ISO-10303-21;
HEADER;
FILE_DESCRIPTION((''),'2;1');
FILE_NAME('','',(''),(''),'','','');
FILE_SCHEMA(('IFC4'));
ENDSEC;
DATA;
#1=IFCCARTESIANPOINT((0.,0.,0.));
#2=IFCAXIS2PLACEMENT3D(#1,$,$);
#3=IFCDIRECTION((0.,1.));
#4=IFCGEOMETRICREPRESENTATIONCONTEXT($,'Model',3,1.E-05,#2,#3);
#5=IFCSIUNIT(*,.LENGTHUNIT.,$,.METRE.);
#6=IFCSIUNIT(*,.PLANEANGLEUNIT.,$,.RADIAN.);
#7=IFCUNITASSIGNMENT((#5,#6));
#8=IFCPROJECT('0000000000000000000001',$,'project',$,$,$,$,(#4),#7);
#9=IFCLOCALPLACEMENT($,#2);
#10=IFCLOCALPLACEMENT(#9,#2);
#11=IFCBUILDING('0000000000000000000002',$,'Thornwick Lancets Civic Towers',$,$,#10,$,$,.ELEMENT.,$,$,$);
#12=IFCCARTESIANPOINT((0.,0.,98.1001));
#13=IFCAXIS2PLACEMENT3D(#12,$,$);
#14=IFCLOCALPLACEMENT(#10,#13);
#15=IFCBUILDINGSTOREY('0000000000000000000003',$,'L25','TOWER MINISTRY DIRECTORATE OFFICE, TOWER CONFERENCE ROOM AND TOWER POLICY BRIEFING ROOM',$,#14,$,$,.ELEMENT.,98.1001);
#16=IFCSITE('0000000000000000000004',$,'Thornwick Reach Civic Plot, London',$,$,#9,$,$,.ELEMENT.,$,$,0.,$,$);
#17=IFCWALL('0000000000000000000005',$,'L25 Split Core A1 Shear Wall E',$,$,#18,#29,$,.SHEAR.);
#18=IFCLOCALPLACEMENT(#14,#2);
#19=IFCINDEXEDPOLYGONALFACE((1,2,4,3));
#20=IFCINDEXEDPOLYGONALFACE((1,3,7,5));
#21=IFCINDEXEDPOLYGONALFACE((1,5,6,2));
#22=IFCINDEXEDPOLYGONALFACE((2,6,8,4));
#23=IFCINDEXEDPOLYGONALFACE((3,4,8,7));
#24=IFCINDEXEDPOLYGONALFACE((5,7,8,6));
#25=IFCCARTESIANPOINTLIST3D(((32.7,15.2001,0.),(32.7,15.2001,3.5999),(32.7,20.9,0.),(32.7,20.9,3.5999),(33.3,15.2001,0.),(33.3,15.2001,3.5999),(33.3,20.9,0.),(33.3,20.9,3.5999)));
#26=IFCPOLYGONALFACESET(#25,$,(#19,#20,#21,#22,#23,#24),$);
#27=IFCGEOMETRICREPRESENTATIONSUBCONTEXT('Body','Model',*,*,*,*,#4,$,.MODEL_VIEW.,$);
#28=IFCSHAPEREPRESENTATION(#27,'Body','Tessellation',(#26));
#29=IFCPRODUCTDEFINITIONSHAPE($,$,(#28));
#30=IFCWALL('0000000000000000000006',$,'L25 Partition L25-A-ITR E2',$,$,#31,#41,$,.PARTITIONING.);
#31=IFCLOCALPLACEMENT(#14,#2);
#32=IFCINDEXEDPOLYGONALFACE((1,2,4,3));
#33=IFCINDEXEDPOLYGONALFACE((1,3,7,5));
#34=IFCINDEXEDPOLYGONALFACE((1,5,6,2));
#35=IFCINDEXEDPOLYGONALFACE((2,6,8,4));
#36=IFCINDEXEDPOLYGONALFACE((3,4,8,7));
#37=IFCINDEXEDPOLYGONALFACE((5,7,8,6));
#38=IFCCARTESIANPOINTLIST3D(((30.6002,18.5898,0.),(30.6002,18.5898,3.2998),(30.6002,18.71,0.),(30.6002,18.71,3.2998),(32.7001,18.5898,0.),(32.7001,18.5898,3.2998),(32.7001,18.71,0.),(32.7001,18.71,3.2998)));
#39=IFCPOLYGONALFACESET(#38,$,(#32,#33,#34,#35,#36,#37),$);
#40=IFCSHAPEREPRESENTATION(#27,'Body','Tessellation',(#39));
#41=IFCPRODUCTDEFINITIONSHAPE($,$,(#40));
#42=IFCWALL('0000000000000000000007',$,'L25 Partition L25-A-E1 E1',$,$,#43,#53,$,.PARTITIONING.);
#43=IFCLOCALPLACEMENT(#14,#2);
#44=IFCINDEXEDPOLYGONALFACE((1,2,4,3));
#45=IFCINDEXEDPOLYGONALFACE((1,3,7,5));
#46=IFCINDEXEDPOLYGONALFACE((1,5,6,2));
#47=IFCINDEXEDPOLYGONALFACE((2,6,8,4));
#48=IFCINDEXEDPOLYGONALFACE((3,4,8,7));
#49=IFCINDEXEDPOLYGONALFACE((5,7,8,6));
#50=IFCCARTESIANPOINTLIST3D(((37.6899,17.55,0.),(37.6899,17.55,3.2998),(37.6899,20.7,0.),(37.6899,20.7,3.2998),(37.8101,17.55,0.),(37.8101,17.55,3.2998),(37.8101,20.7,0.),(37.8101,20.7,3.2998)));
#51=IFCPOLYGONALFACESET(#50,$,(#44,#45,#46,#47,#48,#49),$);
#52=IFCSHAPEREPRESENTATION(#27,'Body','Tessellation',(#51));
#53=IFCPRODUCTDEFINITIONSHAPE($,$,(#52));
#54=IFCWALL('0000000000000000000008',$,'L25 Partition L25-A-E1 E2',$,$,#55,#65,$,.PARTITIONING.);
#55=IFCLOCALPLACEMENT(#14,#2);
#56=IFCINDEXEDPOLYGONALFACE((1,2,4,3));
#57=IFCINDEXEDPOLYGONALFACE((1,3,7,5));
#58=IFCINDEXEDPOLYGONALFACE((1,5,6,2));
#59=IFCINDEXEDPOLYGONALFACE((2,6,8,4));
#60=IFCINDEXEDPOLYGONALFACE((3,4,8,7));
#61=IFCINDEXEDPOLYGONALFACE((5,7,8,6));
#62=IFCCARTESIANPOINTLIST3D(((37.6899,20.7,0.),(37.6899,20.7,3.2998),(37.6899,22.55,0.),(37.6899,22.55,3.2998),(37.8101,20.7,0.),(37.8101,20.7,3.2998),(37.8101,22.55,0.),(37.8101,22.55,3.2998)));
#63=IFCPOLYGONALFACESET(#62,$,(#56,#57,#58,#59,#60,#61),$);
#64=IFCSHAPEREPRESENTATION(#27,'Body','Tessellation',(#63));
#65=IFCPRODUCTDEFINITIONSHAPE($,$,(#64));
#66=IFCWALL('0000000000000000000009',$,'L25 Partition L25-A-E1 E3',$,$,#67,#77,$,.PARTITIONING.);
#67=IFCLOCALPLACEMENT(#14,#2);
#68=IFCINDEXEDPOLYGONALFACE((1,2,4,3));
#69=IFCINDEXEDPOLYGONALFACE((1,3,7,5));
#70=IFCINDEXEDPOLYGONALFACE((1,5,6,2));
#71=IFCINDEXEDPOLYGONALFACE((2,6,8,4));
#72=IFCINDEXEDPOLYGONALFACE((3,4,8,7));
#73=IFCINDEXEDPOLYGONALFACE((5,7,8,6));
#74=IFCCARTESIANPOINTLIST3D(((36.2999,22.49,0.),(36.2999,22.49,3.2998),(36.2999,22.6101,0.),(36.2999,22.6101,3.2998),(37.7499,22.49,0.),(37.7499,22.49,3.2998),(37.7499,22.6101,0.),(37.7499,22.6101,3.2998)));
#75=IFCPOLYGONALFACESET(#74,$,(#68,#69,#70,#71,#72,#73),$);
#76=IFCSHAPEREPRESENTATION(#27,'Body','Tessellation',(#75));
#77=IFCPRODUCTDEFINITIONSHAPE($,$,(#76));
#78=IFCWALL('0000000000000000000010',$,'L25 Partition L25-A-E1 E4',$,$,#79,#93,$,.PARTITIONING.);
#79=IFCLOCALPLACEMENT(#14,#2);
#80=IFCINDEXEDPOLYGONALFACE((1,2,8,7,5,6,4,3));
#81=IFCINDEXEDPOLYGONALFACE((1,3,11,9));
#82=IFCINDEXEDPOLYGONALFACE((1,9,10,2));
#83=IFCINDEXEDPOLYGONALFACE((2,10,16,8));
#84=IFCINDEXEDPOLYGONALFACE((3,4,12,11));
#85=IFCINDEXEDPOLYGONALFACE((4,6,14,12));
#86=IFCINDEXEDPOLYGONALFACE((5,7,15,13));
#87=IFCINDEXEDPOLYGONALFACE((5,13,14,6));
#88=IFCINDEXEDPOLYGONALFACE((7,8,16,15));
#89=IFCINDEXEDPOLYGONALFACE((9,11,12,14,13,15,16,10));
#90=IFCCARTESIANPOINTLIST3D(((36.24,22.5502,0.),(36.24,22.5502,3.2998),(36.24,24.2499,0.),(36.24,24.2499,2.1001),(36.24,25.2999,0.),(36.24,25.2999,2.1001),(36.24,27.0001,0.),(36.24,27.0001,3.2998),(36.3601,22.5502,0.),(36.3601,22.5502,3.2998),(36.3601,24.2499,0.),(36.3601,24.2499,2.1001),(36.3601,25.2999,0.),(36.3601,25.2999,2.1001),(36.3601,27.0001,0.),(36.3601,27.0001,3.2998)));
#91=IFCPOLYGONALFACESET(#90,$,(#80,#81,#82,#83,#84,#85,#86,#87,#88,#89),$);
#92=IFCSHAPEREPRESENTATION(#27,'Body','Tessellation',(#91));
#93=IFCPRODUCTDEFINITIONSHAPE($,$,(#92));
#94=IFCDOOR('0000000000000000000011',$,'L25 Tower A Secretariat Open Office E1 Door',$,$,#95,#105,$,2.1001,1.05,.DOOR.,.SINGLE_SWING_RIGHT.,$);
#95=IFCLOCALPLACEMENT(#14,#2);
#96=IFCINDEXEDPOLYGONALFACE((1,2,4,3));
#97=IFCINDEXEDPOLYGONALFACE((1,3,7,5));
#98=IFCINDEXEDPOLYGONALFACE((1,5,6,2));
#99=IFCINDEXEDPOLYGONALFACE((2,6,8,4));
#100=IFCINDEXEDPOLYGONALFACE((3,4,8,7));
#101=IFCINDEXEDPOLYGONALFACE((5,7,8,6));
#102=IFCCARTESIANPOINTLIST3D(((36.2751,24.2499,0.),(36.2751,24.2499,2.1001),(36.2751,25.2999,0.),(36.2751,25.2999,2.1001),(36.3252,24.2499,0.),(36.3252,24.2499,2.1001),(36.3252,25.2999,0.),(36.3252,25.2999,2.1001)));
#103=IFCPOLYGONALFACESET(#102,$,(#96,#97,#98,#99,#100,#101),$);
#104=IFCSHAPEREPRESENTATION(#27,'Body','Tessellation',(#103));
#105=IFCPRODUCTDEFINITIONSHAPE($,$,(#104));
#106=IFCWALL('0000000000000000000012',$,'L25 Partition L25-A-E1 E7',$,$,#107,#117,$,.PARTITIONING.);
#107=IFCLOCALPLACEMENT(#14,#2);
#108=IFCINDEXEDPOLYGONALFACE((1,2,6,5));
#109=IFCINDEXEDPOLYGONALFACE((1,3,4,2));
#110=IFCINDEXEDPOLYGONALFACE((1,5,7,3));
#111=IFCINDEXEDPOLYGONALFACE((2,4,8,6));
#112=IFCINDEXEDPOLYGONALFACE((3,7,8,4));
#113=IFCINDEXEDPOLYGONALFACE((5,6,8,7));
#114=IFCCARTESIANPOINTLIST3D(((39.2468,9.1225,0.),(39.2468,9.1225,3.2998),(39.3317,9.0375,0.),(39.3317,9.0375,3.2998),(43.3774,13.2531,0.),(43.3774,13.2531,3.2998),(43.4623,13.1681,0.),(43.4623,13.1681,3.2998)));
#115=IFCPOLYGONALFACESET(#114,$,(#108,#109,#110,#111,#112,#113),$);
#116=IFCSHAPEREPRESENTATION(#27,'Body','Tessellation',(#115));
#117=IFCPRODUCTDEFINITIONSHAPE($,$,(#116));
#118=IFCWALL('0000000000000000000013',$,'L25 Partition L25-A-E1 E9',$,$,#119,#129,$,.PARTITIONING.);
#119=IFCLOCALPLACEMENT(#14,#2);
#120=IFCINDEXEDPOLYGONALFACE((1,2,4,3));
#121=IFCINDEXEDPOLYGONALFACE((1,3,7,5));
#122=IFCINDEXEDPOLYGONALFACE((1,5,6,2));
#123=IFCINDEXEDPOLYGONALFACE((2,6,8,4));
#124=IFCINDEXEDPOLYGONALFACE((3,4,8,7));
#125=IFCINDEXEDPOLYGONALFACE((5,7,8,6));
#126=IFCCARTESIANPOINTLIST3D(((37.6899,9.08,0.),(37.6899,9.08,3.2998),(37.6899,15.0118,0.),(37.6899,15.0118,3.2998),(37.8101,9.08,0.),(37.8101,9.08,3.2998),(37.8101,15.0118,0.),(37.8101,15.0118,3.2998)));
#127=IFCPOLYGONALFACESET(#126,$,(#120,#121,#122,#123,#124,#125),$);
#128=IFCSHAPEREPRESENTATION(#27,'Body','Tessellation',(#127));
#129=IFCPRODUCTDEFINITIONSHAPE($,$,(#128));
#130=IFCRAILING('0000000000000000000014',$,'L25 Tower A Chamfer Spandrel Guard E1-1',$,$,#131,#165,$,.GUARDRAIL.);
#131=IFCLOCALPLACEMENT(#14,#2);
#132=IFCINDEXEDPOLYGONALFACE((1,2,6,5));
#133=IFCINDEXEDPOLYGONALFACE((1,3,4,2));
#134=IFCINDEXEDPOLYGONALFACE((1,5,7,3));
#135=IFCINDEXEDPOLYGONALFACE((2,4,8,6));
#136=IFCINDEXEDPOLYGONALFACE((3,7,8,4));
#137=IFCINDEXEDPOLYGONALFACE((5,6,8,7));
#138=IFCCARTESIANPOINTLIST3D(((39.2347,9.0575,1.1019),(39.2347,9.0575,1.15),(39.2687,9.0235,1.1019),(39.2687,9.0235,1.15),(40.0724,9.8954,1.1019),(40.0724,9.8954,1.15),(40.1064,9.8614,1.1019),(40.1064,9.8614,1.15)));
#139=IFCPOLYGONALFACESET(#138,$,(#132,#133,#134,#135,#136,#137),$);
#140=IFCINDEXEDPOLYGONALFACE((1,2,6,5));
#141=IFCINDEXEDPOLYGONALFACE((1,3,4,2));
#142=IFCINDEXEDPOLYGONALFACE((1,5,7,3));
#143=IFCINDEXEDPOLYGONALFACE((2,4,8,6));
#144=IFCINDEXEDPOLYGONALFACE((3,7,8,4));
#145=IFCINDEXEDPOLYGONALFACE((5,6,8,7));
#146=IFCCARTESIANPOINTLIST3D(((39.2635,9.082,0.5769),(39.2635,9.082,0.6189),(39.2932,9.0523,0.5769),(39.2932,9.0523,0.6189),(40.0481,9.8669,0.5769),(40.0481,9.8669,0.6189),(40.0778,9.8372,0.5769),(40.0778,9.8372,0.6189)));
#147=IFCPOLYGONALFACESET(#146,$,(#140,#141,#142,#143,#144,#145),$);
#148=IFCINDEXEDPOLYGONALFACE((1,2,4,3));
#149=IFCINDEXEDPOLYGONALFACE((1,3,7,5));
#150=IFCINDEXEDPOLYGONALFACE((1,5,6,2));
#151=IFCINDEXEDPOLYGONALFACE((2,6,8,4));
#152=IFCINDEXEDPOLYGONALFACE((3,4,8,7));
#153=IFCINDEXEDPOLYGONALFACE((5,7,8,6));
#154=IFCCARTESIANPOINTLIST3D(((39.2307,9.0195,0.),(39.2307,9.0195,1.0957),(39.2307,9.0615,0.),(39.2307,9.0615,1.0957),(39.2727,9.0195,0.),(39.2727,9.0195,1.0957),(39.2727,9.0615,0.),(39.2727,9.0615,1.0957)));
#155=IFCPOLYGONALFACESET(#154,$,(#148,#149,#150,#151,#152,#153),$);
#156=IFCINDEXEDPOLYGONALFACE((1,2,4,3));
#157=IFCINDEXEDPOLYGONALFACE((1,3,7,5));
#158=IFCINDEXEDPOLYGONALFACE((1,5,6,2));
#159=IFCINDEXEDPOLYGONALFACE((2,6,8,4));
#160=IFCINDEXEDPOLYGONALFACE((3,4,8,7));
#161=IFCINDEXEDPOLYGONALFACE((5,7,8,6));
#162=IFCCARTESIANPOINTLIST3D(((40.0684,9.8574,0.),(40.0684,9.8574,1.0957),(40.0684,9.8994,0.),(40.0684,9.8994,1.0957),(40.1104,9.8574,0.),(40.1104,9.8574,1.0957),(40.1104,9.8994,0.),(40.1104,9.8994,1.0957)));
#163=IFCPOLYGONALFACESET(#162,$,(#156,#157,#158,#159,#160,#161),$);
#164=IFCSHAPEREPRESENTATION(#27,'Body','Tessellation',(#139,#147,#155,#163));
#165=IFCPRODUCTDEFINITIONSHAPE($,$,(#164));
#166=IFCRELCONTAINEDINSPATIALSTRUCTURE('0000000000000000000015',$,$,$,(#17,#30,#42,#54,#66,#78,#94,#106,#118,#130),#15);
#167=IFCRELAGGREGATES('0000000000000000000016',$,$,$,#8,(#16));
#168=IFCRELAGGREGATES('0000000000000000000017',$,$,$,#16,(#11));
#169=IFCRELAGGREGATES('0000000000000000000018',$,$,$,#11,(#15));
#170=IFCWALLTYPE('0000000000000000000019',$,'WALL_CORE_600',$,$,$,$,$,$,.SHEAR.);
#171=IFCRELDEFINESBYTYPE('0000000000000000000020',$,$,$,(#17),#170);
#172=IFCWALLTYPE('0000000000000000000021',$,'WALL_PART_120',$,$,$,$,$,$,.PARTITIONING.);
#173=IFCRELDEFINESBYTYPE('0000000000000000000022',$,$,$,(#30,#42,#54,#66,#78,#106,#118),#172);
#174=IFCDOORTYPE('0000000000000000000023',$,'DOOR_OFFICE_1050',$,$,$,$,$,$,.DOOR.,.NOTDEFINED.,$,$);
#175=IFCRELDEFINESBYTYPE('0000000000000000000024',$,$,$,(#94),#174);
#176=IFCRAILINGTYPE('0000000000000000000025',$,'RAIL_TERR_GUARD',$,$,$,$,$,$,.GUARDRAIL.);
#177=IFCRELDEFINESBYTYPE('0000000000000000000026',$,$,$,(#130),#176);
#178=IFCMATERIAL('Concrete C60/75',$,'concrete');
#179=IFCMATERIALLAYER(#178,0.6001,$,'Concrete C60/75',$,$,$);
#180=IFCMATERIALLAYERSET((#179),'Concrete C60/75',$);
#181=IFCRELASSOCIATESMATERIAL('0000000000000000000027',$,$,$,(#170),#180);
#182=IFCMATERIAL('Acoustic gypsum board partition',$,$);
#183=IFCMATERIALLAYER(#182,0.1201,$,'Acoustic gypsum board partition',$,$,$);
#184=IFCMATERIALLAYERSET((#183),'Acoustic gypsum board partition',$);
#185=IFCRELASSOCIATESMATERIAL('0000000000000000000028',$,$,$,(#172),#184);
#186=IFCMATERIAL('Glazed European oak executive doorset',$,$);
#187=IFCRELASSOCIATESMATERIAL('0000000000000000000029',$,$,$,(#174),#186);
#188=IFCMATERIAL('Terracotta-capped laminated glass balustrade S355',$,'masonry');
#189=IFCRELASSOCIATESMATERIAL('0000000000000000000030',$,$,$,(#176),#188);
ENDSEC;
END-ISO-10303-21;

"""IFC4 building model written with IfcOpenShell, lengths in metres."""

from ifc_helpers import new_model, si_unit, direction, frame, frame_2d, origin, origin_2d, place, context, subcontext, project, spatial, rectangle, extrude, material, layer, layer_set, type_object, element, fill, save


model = new_model("IFC4")

# Units and contexts
model_context = context("Model", 3, precision=1e-05, world=origin(), true_north=direction((0.0, 1.0)))
body_context = subcontext(model_context, "Body", "Model", "MODEL_VIEW")
ifc_project = project(units=[si_unit("LENGTHUNIT", "METRE"), si_unit("PLANEANGLEUNIT", "RADIAN")], contexts=[model_context])

# Site, building, storey
site_placement = place(None, origin())
site = spatial("IfcSite", under=ifc_project, at=site_placement, Name="Thornwick Reach Civic Plot, London", CompositionType="ELEMENT", RefElevation=0.0)
building_placement = place(site_placement, origin())
building = spatial("IfcBuilding", under=site, at=building_placement, Name="Thornwick Lancets Civic Towers", CompositionType="ELEMENT")
storey_placement = place(building_placement, frame((0.0, 0.0, 98.1001)))
storey = spatial("IfcBuildingStorey", under=building, at=storey_placement, Name="L25", Description="TOWER MINISTRY DIRECTORATE OFFICE, TOWER CONFERENCE ROOM AND TOWER POLICY BRIEFING ROOM", CompositionType="ELEMENT", Elevation=98.1001)

# Shared definitions
ifc_material_1 = material(Name="Concrete C60/75", Category="concrete")

# Walls
ifc_layer_1 = layer(ifc_material_1, 0.6001, Name="Concrete C60/75")
ifc_layer_set_1 = layer_set([ifc_layer_1], Name="Concrete C60/75")
wall_type_1 = type_object("IfcWallType", Name="WALL_CORE_600", PredefinedType="SHEAR", material=ifc_layer_set_1)
wall_1_placement = place(storey_placement, frame((33.0, 15.2, 0.0), z_axis=(0.0, 0.0, 1.0), x_axis=(0.0, 1.0, 0.0)))
element("IfcWall", 1, at=wall_1_placement, inside=storey, type_object=wall_type_1, Name="L25 Split Core A1 Shear Wall E", PredefinedType="SHEAR", context=body_context, shape_type="SweptSolid", body=[
    extrude(rectangle(XDim=5.7, YDim=0.6001, at=frame_2d((2.8501, 0.0))), origin(), (0.0, 0.0, 1.0), 3.5999),
])
ifc_material_2 = material(Name="Acoustic gypsum board partition")
ifc_layer_2 = layer(ifc_material_2, 0.1201, Name="Acoustic gypsum board partition")
ifc_layer_set_2 = layer_set([ifc_layer_2], Name="Acoustic gypsum board partition")
wall_type_2 = type_object("IfcWallType", Name="WALL_PART_120", PredefinedType="PARTITIONING", material=ifc_layer_set_2)
wall_2_placement = place(storey_placement, frame((32.7, 18.6499, 0.0), z_axis=(0.0, 0.0, 1.0), x_axis=(-1.0, 0.0, 0.0)))
element("IfcWall", 2, at=wall_2_placement, inside=storey, type_object=wall_type_2, Name="L25 Partition L25-A-ITR E2", PredefinedType="PARTITIONING", context=body_context, shape_type="SweptSolid", body=[
    extrude(rectangle(XDim=2.0999, YDim=0.1201, at=frame_2d((1.0498, 0.0))), origin(), (0.0, 0.0, 1.0), 3.2998),
])
wall_3_placement = place(storey_placement, frame((37.75, 17.55, 0.0), z_axis=(0.0, 0.0, 1.0), x_axis=(0.0, 1.0, 0.0)))
element("IfcWall", 3, at=wall_3_placement, inside=storey, type_object=wall_type_2, Name="L25 Partition L25-A-E1 E1", PredefinedType="PARTITIONING", context=body_context, shape_type="SweptSolid", body=[
    extrude(rectangle(XDim=3.1499, YDim=0.1201, at=frame_2d((1.575, 0.0))), origin(), (0.0, 0.0, 1.0), 3.2998),
])
wall_4_placement = place(storey_placement, frame((37.75, 20.7, 0.0), z_axis=(0.0, 0.0, 1.0), x_axis=(0.0, 1.0, 0.0)))
element("IfcWall", 4, at=wall_4_placement, inside=storey, type_object=wall_type_2, Name="L25 Partition L25-A-E1 E2", PredefinedType="PARTITIONING", context=body_context, shape_type="SweptSolid", body=[
    extrude(rectangle(XDim=1.8501, YDim=0.1201, at=frame_2d((0.925, 0.0))), origin(), (0.0, 0.0, 1.0), 3.2998),
])
wall_5_placement = place(storey_placement, frame((37.75, 22.55, 0.0), z_axis=(0.0, 0.0, 1.0), x_axis=(-1.0, 0.0, 0.0)))
element("IfcWall", 5, at=wall_5_placement, inside=storey, type_object=wall_type_2, Name="L25 Partition L25-A-E1 E3", PredefinedType="PARTITIONING", context=body_context, shape_type="SweptSolid", body=[
    extrude(rectangle(XDim=1.45, YDim=0.1201, at=frame_2d((0.7251, 0.0))), origin(), (0.0, 0.0, 1.0), 3.2998),
])

# Wall, opening, door
wall_6_placement = place(storey_placement, frame((36.3, 22.55, 0.0), z_axis=(0.0, 0.0, 1.0), x_axis=(0.0, 1.0, 0.0)))
wall_6 = element("IfcWall", 6, at=wall_6_placement, inside=storey, type_object=wall_type_2, Name="L25 Partition L25-A-E1 E4", PredefinedType="PARTITIONING", context=body_context, shape_type="SweptSolid", body=[
    extrude(rectangle(XDim=4.45, YDim=0.1201, at=frame_2d((2.2251, 0.0))), origin(), (0.0, 0.0, 1.0), 3.2998),
])
opening_1_placement = place(wall_6_placement, frame((1.7, 0.0, 0.0)))
opening_1 = element("IfcOpeningElement", 7, at=opening_1_placement, cuts=wall_6, PredefinedType="OPENING", context=body_context, shape_type="SweptSolid", body=[
    extrude(rectangle(XDim=1.05, YDim=2.1001, at=frame_2d((0.5249, 1.05))), frame((0.0, 0.0701, 0.0), z_axis=(0.0, -1.0, 0.0), x_axis=(1.0, 0.0, 0.0)), (0.0, 0.0, 1.0), 0.1401),
])
ifc_material_3 = material(Name="Glazed European oak executive doorset")
door_type_1 = type_object("IfcDoorType", Name="DOOR_OFFICE_1050", OperationType="NOTDEFINED", PredefinedType="DOOR", material=ifc_material_3)
door_1_placement = place(opening_1_placement, origin())
door_1 = element("IfcDoor", 8, at=door_1_placement, inside=storey, type_object=door_type_1, Name="L25 Tower A Secretariat Open Office E1 Door", OperationType="SINGLE_SWING_RIGHT", OverallHeight=2.1001, OverallWidth=1.05, PredefinedType="DOOR", context=body_context, shape_type="SweptSolid", body=[
    extrude(rectangle(XDim=1.05, YDim=2.1001, at=frame_2d((0.5249, 1.05))), frame((0.0, 0.0249, 0.0), z_axis=(0.0, -1.0, 0.0), x_axis=(1.0, 0.0, 0.0)), (0.0, 0.0, 1.0), 0.05),
])
fill(opening_1, door_1)

# Walls
wall_7_placement = place(storey_placement, frame((43.4199, 13.2107, 0.0), z_axis=(0.0, 0.0, 1.0), x_axis=(-0.707107, -0.707107, 0.0)))
element("IfcWall", 9, at=wall_7_placement, inside=storey, type_object=wall_type_2, Name="L25 Partition L25-A-E1 E7", PredefinedType="PARTITIONING", context=body_context, shape_type="SweptSolid", body=[
    extrude(rectangle(XDim=5.8416, YDim=0.1201, at=frame_2d((2.9209, 0.0))), origin(), (0.0, 0.0, 1.0), 3.2998),
])
wall_8_placement = place(storey_placement, frame((37.75, 9.0801, 0.0), z_axis=(0.0, 0.0, 1.0), x_axis=(0.0, 1.0, 0.0)))
element("IfcWall", 10, at=wall_8_placement, inside=storey, type_object=wall_type_2, Name="L25 Partition L25-A-E1 E9", PredefinedType="PARTITIONING", context=body_context, shape_type="SweptSolid", body=[
    extrude(rectangle(XDim=5.9319, YDim=0.1201, at=frame_2d((2.9658, 0.0))), origin(), (0.0, 0.0, 1.0), 3.2998),
])

# Railing
ifc_material_4 = material(Name="Terracotta-capped laminated glass balustrade S355", Category="masonry")
railing_type = type_object("IfcRailingType", Name="RAIL_TERR_GUARD", PredefinedType="GUARDRAIL", material=ifc_material_4)
railing_1_placement = place(storey_placement, frame((39.2517, 9.0405, 0.0)))
element("IfcRailing", 11, at=railing_1_placement, inside=storey, type_object=railing_type, Name="L25 Tower A Chamfer Spandrel Guard E1-1", PredefinedType="GUARDRAIL", context=body_context, shape_type="SweptSolid", body=[
    extrude(rectangle(XDim=0.0481, YDim=0.0481, at=origin_2d()), frame((0.0, 0.0, 1.126), z_axis=(0.707004, 0.70721, 0.0), x_axis=(-0.70721, 0.707004, 0.0)), (0.0, 0.0, 1.0), 1.1848),
    extrude(rectangle(XDim=0.042, YDim=0.042, at=origin_2d()), frame((0.0266, 0.0266, 0.5979), z_axis=(0.707004, 0.70721, 0.0), x_axis=(-0.70721, 0.707004, 0.0)), (0.0, 0.0, 1.0), 1.1099),
    extrude(rectangle(XDim=0.042, YDim=0.042, at=origin_2d()), origin(), (0.0, 0.0, 1.0), 1.0957),
    extrude(rectangle(XDim=0.042, YDim=0.042, at=origin_2d()), frame((0.8376, 0.8379, 0.0)), (0.0, 0.0, 1.0), 1.0957),
])

save(model, "model.ifc")
